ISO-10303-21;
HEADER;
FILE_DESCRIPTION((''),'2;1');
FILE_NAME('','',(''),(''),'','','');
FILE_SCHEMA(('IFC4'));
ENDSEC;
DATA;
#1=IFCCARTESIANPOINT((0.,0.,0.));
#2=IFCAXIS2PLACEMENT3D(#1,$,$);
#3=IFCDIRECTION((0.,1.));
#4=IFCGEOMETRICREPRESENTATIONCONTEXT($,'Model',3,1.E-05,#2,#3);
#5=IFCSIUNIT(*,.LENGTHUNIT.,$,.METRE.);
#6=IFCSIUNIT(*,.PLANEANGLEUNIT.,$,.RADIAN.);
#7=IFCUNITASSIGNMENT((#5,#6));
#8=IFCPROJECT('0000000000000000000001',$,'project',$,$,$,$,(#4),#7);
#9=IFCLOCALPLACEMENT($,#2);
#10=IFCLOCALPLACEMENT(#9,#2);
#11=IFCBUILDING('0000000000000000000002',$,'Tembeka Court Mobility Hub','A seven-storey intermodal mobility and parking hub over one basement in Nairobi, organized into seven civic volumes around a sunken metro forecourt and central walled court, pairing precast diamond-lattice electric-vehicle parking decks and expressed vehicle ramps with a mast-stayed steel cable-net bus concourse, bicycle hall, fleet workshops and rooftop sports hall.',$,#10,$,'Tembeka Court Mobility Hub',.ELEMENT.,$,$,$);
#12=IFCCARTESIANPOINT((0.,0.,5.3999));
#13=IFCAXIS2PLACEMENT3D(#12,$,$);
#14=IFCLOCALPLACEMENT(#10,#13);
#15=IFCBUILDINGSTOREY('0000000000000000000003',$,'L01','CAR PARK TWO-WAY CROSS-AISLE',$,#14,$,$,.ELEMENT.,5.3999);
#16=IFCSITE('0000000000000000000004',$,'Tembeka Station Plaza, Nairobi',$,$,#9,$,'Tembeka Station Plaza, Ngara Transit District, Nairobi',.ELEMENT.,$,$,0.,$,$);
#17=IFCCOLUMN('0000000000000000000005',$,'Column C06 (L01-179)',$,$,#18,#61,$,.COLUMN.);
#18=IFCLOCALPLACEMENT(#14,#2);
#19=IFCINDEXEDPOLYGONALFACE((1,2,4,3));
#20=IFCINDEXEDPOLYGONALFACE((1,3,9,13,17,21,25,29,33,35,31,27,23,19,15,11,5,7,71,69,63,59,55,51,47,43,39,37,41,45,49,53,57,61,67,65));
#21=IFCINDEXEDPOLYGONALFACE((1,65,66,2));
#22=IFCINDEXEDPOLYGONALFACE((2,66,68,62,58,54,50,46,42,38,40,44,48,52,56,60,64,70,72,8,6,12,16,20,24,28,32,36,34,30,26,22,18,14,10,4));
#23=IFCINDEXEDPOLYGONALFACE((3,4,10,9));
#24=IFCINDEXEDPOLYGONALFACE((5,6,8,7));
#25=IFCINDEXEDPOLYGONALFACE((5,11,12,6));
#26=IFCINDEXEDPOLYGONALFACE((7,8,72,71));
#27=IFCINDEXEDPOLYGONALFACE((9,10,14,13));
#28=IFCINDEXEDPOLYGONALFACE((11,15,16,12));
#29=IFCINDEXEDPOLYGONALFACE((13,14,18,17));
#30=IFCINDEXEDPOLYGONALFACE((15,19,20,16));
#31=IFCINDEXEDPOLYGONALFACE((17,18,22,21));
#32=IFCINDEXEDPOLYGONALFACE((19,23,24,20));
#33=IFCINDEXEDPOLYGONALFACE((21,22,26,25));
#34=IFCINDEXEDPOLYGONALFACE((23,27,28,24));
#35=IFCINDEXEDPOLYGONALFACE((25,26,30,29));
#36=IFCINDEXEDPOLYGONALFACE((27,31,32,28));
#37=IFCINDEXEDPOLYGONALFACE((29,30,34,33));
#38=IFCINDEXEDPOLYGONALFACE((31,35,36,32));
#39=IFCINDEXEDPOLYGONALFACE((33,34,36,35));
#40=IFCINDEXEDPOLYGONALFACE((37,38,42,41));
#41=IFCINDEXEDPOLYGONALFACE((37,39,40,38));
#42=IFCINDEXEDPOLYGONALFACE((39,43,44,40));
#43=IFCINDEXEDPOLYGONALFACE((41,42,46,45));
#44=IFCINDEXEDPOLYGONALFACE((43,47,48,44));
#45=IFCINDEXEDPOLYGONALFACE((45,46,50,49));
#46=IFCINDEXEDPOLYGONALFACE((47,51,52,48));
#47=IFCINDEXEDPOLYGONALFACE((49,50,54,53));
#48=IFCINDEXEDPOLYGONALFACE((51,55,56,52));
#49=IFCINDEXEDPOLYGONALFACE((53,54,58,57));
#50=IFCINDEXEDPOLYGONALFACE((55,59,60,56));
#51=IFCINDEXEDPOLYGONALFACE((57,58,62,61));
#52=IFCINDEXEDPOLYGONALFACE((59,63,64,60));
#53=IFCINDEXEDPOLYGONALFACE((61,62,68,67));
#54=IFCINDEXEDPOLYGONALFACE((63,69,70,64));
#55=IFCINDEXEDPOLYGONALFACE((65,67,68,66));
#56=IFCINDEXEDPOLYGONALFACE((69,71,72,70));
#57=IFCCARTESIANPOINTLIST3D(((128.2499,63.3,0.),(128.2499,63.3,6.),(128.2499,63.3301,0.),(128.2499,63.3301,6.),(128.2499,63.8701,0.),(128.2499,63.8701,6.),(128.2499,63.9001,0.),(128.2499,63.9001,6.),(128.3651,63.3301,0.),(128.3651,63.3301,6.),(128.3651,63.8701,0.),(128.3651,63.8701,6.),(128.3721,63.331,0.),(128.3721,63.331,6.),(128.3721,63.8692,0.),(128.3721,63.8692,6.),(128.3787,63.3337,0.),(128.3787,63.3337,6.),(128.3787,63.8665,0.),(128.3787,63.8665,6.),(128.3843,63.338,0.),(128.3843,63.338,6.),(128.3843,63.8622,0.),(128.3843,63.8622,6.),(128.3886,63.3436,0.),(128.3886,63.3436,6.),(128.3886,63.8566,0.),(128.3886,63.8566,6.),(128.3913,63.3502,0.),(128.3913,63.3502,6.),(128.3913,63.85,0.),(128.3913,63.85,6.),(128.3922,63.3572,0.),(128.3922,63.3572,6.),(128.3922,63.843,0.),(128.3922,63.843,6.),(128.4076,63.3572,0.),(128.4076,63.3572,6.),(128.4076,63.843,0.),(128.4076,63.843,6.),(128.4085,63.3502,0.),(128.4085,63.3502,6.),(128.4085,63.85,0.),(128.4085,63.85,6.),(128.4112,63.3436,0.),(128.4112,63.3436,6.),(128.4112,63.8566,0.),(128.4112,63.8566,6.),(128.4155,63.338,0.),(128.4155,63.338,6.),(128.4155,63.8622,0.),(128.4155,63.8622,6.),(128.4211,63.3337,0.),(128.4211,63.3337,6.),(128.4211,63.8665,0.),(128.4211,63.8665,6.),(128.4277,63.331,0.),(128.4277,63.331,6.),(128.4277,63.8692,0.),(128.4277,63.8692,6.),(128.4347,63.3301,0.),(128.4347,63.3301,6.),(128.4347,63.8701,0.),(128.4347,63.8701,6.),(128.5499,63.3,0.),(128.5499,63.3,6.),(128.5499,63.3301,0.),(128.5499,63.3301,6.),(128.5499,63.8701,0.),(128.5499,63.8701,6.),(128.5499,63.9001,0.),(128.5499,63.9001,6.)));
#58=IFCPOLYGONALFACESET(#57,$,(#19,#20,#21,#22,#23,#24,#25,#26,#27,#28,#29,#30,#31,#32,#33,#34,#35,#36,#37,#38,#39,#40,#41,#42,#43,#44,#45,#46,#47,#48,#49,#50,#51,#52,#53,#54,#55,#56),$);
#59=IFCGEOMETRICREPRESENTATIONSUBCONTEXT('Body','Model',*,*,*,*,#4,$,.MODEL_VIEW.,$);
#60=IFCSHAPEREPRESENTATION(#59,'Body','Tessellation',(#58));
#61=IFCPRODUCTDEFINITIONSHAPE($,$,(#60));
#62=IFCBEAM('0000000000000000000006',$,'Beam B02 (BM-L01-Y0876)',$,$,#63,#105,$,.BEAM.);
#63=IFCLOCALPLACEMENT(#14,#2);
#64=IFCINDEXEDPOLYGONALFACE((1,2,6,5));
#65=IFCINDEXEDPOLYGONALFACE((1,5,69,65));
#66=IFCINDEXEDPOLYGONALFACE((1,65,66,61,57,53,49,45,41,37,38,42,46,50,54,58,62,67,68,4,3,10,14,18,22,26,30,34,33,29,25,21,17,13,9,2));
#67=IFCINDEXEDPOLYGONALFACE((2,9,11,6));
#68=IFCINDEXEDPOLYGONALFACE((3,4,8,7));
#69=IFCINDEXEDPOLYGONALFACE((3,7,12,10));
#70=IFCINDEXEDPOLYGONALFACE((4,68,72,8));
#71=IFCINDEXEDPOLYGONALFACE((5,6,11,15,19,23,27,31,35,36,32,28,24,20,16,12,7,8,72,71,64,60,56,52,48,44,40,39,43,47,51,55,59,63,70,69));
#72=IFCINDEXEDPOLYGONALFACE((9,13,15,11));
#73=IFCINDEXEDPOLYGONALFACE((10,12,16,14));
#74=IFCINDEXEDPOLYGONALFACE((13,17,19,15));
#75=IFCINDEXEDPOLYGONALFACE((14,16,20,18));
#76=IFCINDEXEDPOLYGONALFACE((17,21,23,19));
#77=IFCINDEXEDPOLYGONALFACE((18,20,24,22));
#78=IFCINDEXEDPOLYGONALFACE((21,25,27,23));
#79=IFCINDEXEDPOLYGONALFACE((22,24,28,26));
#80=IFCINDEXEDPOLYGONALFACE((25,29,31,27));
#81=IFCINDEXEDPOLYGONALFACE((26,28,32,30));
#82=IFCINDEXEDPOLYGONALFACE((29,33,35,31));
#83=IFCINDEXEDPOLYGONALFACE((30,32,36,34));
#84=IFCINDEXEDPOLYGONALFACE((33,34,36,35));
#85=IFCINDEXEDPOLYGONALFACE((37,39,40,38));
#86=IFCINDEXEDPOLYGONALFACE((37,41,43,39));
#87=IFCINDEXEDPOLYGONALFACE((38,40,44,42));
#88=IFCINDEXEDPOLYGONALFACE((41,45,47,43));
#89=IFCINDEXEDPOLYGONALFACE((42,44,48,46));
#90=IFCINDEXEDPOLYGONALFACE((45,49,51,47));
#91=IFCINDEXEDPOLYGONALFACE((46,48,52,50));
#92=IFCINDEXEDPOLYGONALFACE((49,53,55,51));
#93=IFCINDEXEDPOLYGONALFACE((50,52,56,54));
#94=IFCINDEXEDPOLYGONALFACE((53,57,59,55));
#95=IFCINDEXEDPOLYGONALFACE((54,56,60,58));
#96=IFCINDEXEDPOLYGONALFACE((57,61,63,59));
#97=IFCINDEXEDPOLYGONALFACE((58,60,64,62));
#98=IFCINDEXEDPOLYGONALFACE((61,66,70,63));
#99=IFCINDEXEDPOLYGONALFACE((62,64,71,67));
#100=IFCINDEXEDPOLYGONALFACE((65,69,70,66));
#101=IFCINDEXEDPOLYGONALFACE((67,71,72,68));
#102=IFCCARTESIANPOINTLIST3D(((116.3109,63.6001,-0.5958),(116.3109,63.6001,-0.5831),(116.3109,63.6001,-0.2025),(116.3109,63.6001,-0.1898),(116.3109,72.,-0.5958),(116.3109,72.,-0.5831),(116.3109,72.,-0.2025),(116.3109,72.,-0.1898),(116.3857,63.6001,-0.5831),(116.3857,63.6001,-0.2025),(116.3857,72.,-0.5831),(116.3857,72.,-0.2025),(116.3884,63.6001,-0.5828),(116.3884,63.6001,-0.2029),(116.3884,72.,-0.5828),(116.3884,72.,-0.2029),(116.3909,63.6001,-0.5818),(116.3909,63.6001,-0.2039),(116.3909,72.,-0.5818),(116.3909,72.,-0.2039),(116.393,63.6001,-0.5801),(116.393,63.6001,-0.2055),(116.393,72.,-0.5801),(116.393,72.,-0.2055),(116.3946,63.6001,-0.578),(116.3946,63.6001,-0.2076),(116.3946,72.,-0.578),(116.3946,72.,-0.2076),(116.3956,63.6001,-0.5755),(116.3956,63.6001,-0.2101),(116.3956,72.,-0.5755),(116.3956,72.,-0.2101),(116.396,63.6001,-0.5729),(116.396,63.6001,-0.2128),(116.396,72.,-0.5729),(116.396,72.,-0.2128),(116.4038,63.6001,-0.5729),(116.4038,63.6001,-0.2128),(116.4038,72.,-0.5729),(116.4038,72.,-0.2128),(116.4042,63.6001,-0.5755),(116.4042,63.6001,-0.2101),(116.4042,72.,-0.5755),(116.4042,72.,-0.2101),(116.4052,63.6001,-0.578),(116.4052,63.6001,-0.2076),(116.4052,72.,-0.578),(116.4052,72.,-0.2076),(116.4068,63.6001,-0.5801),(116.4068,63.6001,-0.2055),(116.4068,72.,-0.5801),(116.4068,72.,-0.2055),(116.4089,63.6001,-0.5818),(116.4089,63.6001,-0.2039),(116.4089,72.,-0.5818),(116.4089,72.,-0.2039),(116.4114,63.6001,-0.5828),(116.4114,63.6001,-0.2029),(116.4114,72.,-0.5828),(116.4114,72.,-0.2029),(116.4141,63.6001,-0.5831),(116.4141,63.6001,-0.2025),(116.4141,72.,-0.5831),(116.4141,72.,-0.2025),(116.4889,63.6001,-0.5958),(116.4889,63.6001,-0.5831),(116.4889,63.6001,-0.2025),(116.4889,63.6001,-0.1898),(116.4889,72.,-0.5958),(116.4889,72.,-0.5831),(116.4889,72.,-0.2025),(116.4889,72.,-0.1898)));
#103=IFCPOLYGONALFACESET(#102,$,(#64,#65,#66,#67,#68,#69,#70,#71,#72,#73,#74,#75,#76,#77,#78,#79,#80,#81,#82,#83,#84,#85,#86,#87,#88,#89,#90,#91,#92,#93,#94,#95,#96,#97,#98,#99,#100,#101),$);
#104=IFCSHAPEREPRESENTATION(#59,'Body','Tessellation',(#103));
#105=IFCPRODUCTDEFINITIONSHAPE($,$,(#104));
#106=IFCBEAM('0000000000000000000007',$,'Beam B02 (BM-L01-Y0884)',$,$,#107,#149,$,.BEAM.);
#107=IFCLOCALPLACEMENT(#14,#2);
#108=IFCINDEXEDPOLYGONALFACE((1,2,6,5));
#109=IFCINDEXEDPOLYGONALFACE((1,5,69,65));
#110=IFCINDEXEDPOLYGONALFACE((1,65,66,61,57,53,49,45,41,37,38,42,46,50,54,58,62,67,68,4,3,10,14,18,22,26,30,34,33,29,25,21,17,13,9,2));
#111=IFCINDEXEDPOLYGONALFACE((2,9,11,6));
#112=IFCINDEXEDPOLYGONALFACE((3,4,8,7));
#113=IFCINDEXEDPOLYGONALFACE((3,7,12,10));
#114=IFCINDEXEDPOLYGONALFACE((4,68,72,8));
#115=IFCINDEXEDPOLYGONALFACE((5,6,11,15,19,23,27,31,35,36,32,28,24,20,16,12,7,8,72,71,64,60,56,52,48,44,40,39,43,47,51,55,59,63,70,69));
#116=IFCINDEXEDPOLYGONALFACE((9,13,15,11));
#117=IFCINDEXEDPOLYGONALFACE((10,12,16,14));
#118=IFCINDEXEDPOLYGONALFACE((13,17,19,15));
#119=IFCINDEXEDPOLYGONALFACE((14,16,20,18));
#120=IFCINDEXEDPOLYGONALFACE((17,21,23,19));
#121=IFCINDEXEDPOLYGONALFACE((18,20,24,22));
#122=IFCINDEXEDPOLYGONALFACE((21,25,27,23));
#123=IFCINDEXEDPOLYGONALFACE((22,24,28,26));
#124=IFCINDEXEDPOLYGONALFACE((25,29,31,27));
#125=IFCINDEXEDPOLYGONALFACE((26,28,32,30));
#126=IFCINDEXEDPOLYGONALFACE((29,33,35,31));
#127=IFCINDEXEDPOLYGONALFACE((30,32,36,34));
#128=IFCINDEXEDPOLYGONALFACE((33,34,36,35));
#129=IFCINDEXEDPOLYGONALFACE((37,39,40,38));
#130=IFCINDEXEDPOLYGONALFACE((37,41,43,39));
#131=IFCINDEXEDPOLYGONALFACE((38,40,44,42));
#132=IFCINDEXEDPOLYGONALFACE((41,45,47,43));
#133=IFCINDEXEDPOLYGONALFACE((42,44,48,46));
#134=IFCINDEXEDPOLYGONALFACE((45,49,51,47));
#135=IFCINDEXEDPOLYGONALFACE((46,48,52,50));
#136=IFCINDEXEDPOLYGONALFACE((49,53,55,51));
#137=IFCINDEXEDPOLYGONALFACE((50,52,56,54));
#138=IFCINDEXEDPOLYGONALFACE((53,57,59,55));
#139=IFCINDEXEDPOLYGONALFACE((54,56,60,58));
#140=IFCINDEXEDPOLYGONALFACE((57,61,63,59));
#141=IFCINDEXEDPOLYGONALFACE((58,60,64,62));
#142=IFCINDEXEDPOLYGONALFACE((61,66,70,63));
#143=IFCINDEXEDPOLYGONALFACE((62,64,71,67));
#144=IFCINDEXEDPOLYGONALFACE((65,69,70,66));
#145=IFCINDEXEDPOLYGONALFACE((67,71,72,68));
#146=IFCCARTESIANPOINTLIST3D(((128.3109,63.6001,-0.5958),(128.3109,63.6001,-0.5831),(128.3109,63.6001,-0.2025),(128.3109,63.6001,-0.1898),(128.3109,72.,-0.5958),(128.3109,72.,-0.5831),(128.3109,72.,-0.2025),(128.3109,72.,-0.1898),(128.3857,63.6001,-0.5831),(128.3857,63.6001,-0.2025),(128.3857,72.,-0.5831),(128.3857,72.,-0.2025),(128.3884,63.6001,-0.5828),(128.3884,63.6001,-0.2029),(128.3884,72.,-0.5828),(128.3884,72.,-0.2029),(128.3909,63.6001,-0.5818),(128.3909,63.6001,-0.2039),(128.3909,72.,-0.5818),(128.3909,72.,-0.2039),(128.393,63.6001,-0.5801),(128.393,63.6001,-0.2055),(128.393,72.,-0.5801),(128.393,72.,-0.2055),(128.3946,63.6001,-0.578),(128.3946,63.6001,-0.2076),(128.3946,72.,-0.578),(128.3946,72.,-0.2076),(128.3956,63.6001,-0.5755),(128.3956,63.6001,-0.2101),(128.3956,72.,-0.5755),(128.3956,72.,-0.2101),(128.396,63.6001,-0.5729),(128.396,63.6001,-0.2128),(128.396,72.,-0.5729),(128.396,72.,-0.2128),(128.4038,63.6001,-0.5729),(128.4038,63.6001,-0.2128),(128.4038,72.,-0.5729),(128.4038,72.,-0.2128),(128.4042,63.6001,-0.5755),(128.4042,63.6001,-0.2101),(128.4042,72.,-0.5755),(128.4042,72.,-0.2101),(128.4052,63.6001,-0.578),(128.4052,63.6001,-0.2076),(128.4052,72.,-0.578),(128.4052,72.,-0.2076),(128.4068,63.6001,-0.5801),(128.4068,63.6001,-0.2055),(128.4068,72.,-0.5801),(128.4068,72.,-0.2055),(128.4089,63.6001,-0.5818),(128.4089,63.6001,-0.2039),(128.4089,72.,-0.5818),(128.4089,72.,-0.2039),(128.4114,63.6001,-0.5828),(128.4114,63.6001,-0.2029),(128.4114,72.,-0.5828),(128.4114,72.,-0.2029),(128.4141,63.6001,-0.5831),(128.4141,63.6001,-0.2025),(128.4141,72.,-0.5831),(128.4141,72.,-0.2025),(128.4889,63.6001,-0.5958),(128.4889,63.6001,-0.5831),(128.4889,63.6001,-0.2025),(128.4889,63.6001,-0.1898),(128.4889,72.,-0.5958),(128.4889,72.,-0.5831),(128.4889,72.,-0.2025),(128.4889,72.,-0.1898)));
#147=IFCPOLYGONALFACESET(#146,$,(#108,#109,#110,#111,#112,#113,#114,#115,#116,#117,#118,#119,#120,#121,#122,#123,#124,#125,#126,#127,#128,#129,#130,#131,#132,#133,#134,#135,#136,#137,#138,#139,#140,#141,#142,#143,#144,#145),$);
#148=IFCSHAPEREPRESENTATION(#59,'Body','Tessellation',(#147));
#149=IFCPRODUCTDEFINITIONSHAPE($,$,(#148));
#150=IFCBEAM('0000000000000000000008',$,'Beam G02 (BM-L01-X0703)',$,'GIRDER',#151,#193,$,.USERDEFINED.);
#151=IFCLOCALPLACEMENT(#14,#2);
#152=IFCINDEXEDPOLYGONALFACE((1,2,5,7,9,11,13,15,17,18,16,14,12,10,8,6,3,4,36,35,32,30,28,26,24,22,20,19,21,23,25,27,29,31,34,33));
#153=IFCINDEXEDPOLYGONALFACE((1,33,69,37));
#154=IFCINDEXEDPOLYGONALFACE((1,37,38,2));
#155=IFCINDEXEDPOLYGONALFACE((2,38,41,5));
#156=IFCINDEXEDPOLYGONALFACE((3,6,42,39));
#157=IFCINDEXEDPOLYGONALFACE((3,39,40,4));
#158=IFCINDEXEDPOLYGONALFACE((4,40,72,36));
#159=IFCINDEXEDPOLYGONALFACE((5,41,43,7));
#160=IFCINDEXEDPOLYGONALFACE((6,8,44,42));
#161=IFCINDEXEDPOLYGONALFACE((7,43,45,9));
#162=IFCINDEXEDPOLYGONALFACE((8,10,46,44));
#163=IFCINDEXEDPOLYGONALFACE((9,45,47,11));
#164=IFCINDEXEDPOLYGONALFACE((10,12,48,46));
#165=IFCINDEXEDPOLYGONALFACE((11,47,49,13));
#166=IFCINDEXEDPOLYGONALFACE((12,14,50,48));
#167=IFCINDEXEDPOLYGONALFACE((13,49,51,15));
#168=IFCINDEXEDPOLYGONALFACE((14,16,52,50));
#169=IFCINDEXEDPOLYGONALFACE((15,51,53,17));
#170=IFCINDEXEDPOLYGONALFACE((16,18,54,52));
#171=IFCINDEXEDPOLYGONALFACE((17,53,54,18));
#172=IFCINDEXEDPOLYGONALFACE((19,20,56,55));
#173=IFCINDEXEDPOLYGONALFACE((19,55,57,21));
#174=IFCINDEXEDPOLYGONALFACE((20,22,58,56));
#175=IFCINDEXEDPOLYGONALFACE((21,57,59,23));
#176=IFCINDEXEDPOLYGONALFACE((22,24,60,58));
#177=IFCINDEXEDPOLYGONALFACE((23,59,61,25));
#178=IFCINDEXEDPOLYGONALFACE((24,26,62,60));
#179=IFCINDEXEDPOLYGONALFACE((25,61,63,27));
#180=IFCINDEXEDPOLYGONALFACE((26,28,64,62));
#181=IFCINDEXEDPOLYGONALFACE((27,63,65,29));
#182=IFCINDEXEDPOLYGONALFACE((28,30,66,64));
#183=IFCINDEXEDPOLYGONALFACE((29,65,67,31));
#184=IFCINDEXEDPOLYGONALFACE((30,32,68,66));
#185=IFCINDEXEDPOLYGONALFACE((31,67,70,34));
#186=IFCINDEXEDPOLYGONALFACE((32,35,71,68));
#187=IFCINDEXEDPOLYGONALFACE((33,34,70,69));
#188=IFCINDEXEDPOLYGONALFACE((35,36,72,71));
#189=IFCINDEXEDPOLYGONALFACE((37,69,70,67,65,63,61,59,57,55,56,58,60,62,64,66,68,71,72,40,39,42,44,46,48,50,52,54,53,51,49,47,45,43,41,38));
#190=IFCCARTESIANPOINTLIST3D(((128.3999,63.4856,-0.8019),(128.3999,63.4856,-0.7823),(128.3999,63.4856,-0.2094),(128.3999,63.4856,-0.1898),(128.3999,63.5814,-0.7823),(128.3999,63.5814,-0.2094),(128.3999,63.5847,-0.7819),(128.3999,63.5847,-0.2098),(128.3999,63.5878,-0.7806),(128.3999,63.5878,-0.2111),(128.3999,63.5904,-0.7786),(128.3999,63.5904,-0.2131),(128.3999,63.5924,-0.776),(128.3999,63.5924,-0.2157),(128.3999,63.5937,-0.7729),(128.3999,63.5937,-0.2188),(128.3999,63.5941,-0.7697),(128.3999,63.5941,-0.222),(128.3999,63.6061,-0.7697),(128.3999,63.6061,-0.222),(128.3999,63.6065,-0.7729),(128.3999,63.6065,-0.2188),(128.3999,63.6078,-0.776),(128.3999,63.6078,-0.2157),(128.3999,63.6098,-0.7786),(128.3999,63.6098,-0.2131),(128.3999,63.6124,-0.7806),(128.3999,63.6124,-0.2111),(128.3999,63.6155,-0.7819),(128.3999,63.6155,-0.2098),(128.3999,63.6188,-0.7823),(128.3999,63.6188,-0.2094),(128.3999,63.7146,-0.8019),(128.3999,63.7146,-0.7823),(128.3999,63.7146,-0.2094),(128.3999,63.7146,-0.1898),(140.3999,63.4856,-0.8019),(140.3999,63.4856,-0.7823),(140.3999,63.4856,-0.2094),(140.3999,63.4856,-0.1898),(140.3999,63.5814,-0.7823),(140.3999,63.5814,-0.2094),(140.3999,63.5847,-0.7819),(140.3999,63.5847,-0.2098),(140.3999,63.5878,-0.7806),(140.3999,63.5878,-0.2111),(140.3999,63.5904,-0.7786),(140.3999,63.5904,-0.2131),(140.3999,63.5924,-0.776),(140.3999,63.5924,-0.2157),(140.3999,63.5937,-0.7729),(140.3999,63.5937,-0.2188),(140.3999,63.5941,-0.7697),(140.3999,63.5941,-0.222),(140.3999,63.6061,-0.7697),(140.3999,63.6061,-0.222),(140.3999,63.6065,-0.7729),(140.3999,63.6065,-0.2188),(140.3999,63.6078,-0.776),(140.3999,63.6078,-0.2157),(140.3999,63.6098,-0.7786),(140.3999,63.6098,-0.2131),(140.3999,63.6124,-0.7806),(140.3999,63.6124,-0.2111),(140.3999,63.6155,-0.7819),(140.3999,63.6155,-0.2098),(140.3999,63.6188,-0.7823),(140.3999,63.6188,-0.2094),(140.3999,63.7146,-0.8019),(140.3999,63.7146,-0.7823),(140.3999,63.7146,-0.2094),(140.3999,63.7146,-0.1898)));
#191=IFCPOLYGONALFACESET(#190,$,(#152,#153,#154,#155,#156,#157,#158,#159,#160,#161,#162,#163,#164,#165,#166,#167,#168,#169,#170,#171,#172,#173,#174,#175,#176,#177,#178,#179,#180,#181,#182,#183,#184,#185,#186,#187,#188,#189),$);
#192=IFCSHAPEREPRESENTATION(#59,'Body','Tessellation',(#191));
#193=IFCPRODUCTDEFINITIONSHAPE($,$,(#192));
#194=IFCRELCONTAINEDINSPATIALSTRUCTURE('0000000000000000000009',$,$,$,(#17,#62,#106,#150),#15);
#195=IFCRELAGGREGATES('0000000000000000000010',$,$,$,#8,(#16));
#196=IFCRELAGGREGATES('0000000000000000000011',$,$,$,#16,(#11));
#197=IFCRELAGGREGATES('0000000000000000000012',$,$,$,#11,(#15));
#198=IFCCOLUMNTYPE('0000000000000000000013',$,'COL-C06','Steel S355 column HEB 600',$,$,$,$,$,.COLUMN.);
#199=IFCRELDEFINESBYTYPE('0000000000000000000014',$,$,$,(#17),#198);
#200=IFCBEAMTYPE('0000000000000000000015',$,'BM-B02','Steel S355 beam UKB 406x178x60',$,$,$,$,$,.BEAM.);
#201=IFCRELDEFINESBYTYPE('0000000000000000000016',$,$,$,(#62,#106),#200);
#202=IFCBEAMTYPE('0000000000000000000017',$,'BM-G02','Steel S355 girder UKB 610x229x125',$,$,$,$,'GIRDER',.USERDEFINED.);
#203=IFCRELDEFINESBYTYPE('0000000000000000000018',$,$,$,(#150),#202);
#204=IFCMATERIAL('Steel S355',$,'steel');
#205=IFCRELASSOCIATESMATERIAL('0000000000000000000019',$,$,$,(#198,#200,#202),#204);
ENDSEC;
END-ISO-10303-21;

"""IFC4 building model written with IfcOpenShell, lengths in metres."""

from ifc_helpers import new_model, si_unit, direction, frame, origin, origin_2d, place, context, subcontext, project, spatial, i_section, extrude, material, material_profile, profile_set, type_object, element, save


model = new_model("IFC4")

# Units and contexts
model_context = context("Model", 3, precision=1e-05, world=origin(), true_north=direction((0.0, 1.0)))
body_context = subcontext(model_context, "Body", "Model", "MODEL_VIEW")
ifc_project = project(units=[si_unit("LENGTHUNIT", "METRE"), si_unit("PLANEANGLEUNIT", "RADIAN")], contexts=[model_context])

# Site, building, storey
site_placement = place(None, origin())
site = spatial("IfcSite", under=ifc_project, at=site_placement, Name="Tembeka Station Plaza, Nairobi", LongName="Tembeka Station Plaza, Ngara Transit District, Nairobi", CompositionType="ELEMENT", RefElevation=0.0)
building_placement = place(site_placement, origin())
building = spatial("IfcBuilding", under=site, at=building_placement, Name="Tembeka Court Mobility Hub", Description="A seven-storey intermodal mobility and parking hub over one basement in Nairobi, organized into seven civic volumes around a sunken metro forecourt and central walled court, pairing precast diamond-lattice electric-vehicle parking decks and expressed vehicle ramps with a mast-stayed steel cable-net bus concourse, bicycle hall, fleet workshops and rooftop sports hall.", LongName="Tembeka Court Mobility Hub", CompositionType="ELEMENT")
storey_placement = place(building_placement, frame((0.0, 0.0, 5.3999)))
storey = spatial("IfcBuildingStorey", under=building, at=storey_placement, Name="L01", Description="CAR PARK TWO-WAY CROSS-AISLE", CompositionType="ELEMENT", Elevation=5.3999)

# Column
ifc_material_1 = material(Name="Steel S355", Category="steel")
ifc_material_profile_1 = material_profile(ifc_material_1, i_section(OverallWidth=0.3, OverallDepth=0.6001, WebThickness=0.0154, FlangeThickness=0.03, FilletRadius=0.0271, at=origin_2d()), Name="HEB 600")
ifc_profile_set_1 = profile_set([ifc_material_profile_1], Name="Steel S355")
column_type = type_object("IfcColumnType", Name="COL-C06", Description="Steel S355 column HEB 600", PredefinedType="COLUMN", material=ifc_profile_set_1)
column_placement = place(storey_placement, frame((128.3999, 63.6001, 0.0), z_axis=(0.0, 0.0, 1.0), x_axis=(1.0, 0.0, 0.0)))
element("IfcColumn", 1, at=column_placement, inside=storey, type_object=column_type, Name="Column C06 (L01-179)", PredefinedType="COLUMN", context=body_context, shape_type="SweptSolid", body=[
    extrude(i_section(OverallWidth=0.3, OverallDepth=0.6001, WebThickness=0.0154, FlangeThickness=0.03, FilletRadius=0.0271, at=origin_2d()), origin(), (0.0, 0.0, 1.0), 6.0),
])

# Beams
ifc_material_profile_2 = material_profile(ifc_material_1, i_section(OverallWidth=0.178, OverallDepth=0.406, WebThickness=0.0078, FlangeThickness=0.0127, FilletRadius=0.0103, at=origin_2d()), Name="UKB 406x178x60")
ifc_profile_set_2 = profile_set([ifc_material_profile_2], Name="Steel S355")
beam_type_1 = type_object("IfcBeamType", Name="BM-B02", Description="Steel S355 beam UKB 406x178x60", PredefinedType="BEAM", material=ifc_profile_set_2)
for number, where, z_axis, x_axis, name in (
    (2, (116.3999, 63.6001, -0.3928), (0.0, 1.0, 0.0), (-1.0, 0.0, 0.0), "Beam B02 (BM-L01-Y0876)"),
    (3, (128.3999, 63.6001, -0.3928), (0.0, 1.0, 0.0), (-1.0, 0.0, 0.0), "Beam B02 (BM-L01-Y0884)"),
):
    element("IfcBeam", number, at=place(storey_placement, frame(where, z_axis=z_axis, x_axis=x_axis)), inside=storey, type_object=beam_type_1, Name=name, PredefinedType="BEAM", context=body_context, shape_type="SweptSolid", body=[
        extrude(i_section(OverallWidth=0.178, OverallDepth=0.406, WebThickness=0.0078, FlangeThickness=0.0127, FilletRadius=0.0103, at=origin_2d()), origin(), (0.0, 0.0, 1.0), 8.3999),
    ])
ifc_material_profile_3 = material_profile(ifc_material_1, i_section(OverallWidth=0.229, OverallDepth=0.6121, WebThickness=0.012, FlangeThickness=0.0195, FilletRadius=0.0127, at=origin_2d()), Name="UKB 610x229x125")
ifc_profile_set_3 = profile_set([ifc_material_profile_3], Name="Steel S355")
beam_type_2 = type_object("IfcBeamType", Name="BM-G02", Description="Steel S355 girder UKB 610x229x125", ElementType="GIRDER", PredefinedType="USERDEFINED", material=ifc_profile_set_3)
beam_placement = place(storey_placement, frame((128.3999, 63.6001, -0.4958), z_axis=(1.0, 0.0, 0.0), x_axis=(0.0, 1.0, 0.0)))
element("IfcBeam", 4, at=beam_placement, inside=storey, type_object=beam_type_2, Name="Beam G02 (BM-L01-X0703)", ObjectType="GIRDER", PredefinedType="USERDEFINED", context=body_context, shape_type="SweptSolid", body=[
    extrude(i_section(OverallWidth=0.229, OverallDepth=0.6121, WebThickness=0.012, FlangeThickness=0.0195, FilletRadius=0.0127, at=origin_2d()), origin(), (0.0, 0.0, 1.0), 12.0),
])

save(model, "model.ifc")
